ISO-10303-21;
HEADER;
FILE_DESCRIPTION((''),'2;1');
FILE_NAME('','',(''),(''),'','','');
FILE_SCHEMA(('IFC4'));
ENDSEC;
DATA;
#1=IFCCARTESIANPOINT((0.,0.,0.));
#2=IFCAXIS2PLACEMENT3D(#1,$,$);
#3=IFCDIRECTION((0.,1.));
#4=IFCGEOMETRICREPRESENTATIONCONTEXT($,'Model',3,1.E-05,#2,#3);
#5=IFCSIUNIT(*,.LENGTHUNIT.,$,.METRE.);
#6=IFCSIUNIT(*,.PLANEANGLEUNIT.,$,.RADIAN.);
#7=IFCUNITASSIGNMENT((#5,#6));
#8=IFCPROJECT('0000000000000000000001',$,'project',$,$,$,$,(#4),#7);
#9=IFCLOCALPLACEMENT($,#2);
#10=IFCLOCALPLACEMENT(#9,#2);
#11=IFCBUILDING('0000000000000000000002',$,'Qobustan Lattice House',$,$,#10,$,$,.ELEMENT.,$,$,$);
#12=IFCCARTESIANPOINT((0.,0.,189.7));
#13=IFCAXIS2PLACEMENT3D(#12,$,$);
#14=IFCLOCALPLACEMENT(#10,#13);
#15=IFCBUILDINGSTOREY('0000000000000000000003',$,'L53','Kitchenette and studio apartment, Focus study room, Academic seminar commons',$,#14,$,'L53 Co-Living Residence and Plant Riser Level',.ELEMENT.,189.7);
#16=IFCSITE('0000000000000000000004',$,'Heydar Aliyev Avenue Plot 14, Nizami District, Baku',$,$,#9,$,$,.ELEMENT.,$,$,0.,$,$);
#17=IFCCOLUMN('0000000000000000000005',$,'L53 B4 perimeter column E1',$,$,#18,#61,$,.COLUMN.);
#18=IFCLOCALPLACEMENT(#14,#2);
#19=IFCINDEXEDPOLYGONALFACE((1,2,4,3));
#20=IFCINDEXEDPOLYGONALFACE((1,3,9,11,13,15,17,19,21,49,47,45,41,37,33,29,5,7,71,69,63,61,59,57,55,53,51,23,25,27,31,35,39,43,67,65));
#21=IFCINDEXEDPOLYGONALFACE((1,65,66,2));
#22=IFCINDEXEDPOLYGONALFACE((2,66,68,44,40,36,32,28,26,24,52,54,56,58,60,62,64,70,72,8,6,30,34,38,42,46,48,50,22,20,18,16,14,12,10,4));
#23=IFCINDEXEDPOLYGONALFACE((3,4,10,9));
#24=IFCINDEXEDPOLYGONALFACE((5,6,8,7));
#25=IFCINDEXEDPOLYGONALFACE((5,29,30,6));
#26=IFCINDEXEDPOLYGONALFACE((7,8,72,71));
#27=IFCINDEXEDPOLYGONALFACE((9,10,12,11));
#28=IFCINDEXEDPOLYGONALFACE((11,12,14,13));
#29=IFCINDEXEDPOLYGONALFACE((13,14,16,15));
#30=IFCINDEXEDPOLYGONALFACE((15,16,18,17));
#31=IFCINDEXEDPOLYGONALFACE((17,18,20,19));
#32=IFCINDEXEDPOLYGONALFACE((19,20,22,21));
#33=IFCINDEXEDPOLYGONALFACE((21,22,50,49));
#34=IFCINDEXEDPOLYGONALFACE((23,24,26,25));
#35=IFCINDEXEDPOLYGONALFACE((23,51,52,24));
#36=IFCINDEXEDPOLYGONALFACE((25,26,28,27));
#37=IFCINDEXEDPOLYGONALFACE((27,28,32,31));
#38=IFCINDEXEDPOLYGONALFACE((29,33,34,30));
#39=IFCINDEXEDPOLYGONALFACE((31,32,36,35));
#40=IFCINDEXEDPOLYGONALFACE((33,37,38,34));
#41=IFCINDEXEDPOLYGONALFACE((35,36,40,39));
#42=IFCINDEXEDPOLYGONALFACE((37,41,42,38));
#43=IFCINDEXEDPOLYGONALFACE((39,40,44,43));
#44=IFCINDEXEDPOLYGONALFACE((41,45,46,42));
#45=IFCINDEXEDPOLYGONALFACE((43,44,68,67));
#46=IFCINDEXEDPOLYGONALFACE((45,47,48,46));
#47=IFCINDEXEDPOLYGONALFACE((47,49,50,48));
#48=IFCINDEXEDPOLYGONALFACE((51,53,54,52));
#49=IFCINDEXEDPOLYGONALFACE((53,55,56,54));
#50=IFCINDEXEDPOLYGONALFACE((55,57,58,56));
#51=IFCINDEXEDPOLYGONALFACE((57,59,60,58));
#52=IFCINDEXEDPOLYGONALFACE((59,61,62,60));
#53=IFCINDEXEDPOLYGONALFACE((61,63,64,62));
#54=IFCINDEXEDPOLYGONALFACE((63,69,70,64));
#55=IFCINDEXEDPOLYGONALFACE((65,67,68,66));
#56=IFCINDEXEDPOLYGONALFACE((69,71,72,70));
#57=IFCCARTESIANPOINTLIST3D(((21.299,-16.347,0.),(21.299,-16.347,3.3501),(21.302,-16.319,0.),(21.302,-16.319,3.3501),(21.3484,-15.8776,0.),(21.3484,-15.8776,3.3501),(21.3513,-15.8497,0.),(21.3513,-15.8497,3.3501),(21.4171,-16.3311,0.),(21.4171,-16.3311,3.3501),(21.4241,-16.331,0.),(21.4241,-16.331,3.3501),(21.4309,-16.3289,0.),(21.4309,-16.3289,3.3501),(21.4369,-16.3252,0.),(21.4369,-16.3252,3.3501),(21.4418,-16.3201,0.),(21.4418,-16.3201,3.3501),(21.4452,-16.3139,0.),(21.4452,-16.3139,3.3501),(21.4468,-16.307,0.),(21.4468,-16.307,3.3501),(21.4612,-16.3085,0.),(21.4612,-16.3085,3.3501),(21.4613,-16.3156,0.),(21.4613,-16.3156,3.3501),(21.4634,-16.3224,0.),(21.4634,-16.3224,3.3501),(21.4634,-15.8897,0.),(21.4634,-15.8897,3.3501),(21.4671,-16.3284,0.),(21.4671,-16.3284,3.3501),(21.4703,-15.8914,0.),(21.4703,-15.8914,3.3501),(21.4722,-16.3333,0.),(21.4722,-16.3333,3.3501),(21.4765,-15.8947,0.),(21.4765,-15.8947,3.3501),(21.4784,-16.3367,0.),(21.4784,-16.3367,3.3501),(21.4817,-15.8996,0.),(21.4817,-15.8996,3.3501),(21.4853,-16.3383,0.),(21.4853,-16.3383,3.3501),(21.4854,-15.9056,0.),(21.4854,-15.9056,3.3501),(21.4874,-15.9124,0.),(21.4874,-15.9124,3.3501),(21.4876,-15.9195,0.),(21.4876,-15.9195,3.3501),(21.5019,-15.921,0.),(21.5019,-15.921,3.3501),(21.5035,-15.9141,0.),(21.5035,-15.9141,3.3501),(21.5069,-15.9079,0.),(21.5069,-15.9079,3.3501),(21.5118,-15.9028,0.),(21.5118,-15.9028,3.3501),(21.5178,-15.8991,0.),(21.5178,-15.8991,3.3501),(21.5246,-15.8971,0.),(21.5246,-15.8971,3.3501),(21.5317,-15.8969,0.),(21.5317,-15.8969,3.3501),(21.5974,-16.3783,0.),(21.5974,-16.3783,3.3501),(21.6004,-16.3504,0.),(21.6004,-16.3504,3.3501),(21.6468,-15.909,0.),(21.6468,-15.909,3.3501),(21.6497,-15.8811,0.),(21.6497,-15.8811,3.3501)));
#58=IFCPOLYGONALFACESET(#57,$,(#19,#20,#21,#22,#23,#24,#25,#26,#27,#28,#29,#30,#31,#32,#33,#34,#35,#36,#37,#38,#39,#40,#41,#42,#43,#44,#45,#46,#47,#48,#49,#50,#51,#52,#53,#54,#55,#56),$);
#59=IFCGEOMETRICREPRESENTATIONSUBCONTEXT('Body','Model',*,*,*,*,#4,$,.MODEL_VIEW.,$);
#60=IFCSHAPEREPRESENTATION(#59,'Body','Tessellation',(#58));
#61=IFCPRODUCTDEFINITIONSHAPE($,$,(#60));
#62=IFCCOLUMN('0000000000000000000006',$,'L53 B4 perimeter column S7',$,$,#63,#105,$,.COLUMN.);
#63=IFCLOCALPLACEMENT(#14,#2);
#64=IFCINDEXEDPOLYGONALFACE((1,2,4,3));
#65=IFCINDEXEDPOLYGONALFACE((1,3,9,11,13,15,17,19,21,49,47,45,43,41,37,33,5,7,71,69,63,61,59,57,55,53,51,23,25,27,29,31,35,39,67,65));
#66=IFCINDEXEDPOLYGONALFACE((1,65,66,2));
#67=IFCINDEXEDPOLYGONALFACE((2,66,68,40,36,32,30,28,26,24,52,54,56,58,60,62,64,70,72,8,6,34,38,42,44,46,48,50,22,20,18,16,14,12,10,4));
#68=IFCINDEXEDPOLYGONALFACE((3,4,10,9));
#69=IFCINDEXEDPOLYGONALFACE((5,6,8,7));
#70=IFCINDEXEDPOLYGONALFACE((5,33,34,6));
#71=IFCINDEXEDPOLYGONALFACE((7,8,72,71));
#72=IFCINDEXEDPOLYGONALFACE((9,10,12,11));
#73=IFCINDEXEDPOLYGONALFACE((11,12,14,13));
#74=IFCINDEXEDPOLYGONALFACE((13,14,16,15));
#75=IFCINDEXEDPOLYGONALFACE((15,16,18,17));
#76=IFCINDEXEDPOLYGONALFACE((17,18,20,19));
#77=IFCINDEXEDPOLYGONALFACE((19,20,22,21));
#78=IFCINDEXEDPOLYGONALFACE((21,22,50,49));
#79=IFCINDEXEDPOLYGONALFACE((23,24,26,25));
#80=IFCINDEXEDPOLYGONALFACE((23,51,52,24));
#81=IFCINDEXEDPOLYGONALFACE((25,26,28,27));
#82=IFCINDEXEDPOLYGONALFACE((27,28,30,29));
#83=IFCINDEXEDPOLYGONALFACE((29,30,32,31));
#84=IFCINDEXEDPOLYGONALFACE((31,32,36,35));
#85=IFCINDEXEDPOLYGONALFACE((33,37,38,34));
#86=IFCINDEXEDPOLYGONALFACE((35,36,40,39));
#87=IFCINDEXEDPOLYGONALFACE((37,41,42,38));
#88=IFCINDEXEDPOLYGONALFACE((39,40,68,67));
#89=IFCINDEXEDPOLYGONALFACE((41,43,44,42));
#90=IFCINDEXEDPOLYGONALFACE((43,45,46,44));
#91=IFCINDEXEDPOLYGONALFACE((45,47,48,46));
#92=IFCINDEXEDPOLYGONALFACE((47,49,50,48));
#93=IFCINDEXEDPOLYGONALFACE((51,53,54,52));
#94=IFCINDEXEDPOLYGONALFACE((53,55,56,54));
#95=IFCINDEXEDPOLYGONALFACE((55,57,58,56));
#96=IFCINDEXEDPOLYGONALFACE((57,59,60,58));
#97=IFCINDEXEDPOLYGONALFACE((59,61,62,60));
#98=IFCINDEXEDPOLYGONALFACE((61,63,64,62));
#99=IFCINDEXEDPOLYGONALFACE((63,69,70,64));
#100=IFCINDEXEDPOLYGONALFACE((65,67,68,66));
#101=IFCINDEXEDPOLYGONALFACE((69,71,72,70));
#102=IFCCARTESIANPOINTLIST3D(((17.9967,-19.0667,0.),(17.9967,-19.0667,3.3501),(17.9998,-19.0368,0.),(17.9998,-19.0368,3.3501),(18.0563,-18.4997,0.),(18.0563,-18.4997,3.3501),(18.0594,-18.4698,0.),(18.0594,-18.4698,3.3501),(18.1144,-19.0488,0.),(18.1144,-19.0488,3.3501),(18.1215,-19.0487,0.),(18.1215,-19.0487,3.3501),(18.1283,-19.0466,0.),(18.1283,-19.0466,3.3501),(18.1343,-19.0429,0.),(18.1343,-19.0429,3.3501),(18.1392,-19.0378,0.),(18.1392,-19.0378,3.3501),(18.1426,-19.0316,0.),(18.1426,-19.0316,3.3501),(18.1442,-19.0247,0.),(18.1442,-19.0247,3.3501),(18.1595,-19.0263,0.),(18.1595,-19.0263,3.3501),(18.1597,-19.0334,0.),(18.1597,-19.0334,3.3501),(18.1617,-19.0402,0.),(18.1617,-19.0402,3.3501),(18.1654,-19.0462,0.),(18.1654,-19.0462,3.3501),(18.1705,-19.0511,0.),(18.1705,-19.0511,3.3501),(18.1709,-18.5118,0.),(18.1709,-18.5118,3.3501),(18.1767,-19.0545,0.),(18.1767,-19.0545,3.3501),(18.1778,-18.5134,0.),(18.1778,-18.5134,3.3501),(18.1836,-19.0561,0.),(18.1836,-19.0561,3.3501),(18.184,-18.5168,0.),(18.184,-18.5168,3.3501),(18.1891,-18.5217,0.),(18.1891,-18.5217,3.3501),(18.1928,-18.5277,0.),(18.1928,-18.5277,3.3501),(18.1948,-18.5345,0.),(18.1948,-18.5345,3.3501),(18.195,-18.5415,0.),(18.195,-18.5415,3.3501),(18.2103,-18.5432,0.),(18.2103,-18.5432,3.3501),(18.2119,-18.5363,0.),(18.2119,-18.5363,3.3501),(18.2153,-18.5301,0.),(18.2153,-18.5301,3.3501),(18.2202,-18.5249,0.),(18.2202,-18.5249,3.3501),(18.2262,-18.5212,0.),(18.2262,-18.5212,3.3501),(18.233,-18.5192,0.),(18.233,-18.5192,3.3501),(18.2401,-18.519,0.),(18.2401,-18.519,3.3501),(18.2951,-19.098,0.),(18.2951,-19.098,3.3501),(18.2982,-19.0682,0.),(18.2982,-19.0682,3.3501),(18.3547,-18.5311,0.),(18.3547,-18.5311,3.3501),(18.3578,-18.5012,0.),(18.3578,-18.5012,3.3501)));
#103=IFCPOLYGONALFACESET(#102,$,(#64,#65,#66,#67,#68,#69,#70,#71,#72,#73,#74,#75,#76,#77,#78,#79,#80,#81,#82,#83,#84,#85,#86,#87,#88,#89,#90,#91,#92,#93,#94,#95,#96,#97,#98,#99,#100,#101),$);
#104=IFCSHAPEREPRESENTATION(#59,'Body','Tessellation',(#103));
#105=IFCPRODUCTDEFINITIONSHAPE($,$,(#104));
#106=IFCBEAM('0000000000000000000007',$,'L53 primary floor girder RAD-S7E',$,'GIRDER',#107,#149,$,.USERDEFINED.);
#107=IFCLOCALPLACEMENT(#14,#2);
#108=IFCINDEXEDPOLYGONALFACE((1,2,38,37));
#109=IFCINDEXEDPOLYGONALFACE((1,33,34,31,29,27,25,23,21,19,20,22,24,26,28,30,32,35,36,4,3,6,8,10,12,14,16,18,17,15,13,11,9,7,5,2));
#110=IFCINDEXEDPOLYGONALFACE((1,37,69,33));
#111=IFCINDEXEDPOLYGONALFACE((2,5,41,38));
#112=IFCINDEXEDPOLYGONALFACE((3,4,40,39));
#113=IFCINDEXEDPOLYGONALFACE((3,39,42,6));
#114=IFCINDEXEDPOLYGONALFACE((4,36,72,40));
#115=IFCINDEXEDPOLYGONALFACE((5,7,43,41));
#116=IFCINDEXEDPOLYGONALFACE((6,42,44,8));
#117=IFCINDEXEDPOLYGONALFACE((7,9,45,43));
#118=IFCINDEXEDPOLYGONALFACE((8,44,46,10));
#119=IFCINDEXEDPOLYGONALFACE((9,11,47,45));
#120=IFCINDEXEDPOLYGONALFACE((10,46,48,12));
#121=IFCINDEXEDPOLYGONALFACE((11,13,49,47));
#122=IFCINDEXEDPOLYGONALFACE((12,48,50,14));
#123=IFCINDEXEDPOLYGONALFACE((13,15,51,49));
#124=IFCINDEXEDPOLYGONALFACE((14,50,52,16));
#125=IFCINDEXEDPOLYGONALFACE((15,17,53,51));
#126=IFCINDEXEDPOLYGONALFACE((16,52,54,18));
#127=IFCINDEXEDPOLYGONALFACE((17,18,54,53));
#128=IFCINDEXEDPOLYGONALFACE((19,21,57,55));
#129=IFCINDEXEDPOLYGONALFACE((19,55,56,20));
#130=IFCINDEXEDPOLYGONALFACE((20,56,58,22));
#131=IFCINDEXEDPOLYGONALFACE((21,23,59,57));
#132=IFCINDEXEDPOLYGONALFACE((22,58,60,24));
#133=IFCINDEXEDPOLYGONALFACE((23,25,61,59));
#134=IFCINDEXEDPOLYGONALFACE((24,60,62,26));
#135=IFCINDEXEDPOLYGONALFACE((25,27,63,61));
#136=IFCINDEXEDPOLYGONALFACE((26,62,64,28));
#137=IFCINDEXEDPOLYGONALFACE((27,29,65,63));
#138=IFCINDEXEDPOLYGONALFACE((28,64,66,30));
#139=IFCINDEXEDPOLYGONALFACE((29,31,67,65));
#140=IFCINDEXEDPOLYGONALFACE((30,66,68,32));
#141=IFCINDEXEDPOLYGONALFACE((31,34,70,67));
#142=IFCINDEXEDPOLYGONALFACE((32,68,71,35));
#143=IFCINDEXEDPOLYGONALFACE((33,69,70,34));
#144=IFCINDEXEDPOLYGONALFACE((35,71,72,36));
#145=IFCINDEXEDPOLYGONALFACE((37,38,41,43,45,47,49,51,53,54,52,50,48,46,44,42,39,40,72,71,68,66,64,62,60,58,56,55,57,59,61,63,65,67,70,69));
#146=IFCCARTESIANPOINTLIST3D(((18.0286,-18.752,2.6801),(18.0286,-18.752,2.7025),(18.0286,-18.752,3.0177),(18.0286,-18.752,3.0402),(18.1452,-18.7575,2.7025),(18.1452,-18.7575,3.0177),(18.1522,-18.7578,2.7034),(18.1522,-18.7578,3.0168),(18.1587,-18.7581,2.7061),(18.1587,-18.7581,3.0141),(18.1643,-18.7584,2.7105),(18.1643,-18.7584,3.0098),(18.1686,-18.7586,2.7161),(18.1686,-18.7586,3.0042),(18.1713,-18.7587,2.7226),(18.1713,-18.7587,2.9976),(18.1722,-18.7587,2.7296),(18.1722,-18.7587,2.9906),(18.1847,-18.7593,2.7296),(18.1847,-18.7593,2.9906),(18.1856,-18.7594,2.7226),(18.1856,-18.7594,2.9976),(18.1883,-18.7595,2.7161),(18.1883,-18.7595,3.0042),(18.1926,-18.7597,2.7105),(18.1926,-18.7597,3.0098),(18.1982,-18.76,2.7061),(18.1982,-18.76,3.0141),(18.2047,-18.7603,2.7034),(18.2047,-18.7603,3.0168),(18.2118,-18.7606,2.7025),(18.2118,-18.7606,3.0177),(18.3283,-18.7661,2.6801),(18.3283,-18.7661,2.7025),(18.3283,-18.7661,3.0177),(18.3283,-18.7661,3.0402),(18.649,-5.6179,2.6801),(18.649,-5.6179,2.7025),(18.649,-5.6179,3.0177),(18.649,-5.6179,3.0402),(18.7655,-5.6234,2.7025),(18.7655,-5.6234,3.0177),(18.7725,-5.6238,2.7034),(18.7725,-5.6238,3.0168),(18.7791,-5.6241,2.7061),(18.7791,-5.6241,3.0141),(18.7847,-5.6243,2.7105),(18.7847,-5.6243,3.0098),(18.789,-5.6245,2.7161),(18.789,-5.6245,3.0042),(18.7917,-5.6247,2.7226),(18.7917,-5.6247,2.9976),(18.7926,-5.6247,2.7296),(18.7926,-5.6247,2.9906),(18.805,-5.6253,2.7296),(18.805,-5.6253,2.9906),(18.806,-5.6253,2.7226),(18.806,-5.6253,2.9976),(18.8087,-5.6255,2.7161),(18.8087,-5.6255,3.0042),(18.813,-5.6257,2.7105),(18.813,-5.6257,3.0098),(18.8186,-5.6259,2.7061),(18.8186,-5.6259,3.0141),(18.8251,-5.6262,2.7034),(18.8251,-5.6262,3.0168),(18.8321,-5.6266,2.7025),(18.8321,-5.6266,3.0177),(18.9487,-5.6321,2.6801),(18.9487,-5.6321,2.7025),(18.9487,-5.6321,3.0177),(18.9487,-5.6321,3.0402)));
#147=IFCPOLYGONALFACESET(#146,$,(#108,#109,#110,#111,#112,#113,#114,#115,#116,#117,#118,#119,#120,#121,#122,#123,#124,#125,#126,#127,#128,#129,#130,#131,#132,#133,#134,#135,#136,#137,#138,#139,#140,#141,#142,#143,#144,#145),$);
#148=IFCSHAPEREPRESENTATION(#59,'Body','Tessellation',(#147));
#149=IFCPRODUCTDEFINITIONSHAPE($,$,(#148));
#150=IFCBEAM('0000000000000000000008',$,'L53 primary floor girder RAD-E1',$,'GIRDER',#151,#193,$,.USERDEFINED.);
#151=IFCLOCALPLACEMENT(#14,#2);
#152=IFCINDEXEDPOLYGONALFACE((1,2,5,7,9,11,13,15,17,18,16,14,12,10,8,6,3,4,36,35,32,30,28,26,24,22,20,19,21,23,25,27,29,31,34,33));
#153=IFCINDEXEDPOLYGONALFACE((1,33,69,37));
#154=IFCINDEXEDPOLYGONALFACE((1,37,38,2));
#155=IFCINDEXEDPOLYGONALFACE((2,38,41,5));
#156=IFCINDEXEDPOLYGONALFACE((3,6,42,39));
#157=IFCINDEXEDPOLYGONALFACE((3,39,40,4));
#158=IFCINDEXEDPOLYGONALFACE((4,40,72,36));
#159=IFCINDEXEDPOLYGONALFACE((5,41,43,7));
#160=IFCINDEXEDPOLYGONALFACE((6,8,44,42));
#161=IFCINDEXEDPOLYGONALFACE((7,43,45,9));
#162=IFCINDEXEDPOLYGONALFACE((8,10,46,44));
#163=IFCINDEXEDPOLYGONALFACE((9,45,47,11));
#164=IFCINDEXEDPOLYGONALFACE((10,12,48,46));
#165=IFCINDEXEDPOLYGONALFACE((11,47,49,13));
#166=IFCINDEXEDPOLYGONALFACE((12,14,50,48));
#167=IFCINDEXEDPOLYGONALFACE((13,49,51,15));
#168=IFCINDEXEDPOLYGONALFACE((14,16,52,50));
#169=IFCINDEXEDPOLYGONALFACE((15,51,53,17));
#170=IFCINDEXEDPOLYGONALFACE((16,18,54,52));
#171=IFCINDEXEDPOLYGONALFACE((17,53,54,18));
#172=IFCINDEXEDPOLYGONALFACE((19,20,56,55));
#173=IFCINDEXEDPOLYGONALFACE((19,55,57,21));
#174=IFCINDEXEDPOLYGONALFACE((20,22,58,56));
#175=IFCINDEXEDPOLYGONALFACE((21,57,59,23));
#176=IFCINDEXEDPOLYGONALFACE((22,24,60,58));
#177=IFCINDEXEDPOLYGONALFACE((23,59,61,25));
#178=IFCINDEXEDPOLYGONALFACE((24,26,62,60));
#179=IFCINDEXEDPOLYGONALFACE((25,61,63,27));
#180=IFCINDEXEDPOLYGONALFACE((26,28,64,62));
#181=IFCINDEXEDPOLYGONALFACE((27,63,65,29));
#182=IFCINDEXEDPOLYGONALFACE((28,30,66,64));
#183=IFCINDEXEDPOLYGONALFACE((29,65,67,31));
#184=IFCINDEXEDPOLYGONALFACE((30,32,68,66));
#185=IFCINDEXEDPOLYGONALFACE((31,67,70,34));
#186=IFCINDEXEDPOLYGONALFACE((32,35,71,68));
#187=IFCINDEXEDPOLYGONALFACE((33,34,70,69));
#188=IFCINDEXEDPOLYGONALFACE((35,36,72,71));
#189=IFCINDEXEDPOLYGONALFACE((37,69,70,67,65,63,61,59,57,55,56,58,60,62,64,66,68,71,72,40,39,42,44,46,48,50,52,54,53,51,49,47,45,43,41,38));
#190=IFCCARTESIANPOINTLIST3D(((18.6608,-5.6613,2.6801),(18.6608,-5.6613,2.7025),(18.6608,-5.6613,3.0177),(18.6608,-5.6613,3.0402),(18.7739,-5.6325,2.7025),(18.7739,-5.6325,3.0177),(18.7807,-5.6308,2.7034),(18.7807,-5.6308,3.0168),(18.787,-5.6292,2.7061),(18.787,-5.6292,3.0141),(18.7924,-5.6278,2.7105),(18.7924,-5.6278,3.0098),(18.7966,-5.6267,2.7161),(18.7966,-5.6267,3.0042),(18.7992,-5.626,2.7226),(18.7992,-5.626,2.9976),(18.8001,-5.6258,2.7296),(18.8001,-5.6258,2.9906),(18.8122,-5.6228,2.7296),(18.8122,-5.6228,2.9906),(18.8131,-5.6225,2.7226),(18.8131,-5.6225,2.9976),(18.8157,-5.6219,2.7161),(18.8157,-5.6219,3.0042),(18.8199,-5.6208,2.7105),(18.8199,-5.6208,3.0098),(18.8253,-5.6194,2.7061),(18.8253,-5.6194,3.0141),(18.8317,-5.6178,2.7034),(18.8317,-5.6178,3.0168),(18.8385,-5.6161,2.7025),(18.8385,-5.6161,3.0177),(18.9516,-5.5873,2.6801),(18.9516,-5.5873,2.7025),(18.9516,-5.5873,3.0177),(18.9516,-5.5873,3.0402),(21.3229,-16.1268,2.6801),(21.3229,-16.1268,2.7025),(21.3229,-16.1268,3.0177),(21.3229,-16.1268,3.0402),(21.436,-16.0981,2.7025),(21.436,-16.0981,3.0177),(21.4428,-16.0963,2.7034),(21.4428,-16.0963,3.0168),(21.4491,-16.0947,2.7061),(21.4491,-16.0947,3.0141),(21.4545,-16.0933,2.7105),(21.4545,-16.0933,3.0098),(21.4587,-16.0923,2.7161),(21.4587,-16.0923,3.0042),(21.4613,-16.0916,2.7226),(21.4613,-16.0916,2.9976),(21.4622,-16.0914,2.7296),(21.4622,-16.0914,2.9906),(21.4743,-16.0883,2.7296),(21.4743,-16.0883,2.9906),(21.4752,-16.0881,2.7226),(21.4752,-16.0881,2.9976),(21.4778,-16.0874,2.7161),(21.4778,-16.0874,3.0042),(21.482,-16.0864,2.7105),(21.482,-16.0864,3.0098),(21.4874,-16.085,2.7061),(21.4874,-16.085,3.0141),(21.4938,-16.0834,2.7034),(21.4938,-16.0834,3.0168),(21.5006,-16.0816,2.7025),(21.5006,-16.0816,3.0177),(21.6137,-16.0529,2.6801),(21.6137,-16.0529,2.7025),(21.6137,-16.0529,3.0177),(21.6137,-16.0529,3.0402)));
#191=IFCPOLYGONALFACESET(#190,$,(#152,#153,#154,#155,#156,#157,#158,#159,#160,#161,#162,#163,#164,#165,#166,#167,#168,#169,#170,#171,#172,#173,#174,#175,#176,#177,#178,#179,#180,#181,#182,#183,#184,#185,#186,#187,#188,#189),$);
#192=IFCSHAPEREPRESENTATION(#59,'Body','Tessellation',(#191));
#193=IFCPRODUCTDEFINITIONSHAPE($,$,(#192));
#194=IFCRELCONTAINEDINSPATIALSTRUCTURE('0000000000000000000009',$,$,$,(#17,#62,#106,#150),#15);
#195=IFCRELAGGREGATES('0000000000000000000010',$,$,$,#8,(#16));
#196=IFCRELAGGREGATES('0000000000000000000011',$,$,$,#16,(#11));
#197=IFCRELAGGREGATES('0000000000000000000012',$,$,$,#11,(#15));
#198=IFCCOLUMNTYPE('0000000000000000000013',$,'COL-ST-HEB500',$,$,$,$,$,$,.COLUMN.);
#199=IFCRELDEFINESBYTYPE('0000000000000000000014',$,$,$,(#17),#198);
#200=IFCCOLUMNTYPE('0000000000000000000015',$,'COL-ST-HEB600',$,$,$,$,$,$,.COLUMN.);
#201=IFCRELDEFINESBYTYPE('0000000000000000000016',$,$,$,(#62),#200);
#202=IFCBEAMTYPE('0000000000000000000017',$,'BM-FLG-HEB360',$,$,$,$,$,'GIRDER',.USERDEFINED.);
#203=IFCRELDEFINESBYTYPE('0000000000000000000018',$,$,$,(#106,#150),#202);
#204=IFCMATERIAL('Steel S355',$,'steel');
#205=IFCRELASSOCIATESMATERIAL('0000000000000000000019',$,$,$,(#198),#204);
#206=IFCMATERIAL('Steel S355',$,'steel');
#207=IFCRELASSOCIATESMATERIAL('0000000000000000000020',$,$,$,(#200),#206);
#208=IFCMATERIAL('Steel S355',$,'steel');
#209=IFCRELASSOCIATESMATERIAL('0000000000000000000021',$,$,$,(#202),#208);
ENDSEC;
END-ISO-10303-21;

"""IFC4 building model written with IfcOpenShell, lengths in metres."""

from ifc_helpers import new_model, si_unit, direction, frame, origin, origin_2d, place, context, subcontext, project, spatial, i_section, extrude, material, material_profile, profile_set, type_object, element, save


model = new_model("IFC4")

# Units and contexts
model_context = context("Model", 3, precision=1e-05, world=origin(), true_north=direction((0.0, 1.0)))
body_context = subcontext(model_context, "Body", "Model", "MODEL_VIEW")
ifc_project = project(units=[si_unit("LENGTHUNIT", "METRE"), si_unit("PLANEANGLEUNIT", "RADIAN")], contexts=[model_context])

# Site, building, storey
site_placement = place(None, origin())
site = spatial("IfcSite", under=ifc_project, at=site_placement, Name="Heydar Aliyev Avenue Plot 14, Nizami District, Baku", CompositionType="ELEMENT", RefElevation=0.0)
building_placement = place(site_placement, origin())
building = spatial("IfcBuilding", under=site, at=building_placement, Name="Qobustan Lattice House", CompositionType="ELEMENT")
storey_placement = place(building_placement, frame((0.0, 0.0, 189.7)))
storey = spatial("IfcBuildingStorey", under=building, at=storey_placement, Name="L53", Description="Kitchenette and studio apartment, Focus study room, Academic seminar commons", LongName="L53 Co-Living Residence and Plant Riser Level", CompositionType="ELEMENT", Elevation=189.7)

# Columns
ifc_material_1 = material(Name="Steel S355", Category="steel")
ifc_material_profile_1 = material_profile(ifc_material_1, i_section(OverallWidth=0.3, OverallDepth=0.5, WebThickness=0.0144, FlangeThickness=0.0281, FilletRadius=0.0271, at=origin_2d()), Name="HEB500")
ifc_profile_set_1 = profile_set([ifc_material_profile_1], Name="Steel S355")
column_type_1 = type_object("IfcColumnType", Name="COL-ST-HEB500", PredefinedType="COLUMN", material=ifc_profile_set_1)
column_1_placement = place(storey_placement, frame((21.4744, -16.114, 0.0), z_axis=(0.0, 0.0, 1.0), x_axis=(0.994522, -0.104528, 0.0)))
element("IfcColumn", 1, at=column_1_placement, inside=storey, type_object=column_type_1, Name="L53 B4 perimeter column E1", PredefinedType="COLUMN", context=body_context, shape_type="SweptSolid", body=[
    extrude(i_section(OverallWidth=0.3, OverallDepth=0.5, WebThickness=0.0144, FlangeThickness=0.0281, FilletRadius=0.0271, at=origin_2d()), origin(), (0.0, 0.0, 1.0), 3.3501),
])
ifc_material_2 = material(Name="Steel S355", Category="steel")
ifc_material_profile_2 = material_profile(ifc_material_2, i_section(OverallWidth=0.3, OverallDepth=0.6001, WebThickness=0.0154, FlangeThickness=0.03, FilletRadius=0.0271, at=origin_2d()), Name="HEB600")
ifc_profile_set_2 = profile_set([ifc_material_profile_2], Name="Steel S355")
column_type_2 = type_object("IfcColumnType", Name="COL-ST-HEB600", PredefinedType="COLUMN", material=ifc_profile_set_2)
column_2_placement = place(storey_placement, frame((18.1772, -18.7839, 0.0), z_axis=(0.0, 0.0, 1.0), x_axis=(0.994522, -0.104528, 0.0)))
element("IfcColumn", 2, at=column_2_placement, inside=storey, type_object=column_type_2, Name="L53 B4 perimeter column S7", PredefinedType="COLUMN", context=body_context, shape_type="SweptSolid", body=[
    extrude(i_section(OverallWidth=0.3, OverallDepth=0.6001, WebThickness=0.0154, FlangeThickness=0.03, FilletRadius=0.0271, at=origin_2d()), origin(), (0.0, 0.0, 1.0), 3.3501),
])

# Beams
ifc_material_3 = material(Name="Steel S355", Category="steel")
ifc_material_profile_3 = material_profile(ifc_material_3, i_section(OverallWidth=0.3, OverallDepth=0.3601, WebThickness=0.0125, FlangeThickness=0.0225, FilletRadius=0.0271, at=origin_2d()), Name="HEB360")
ifc_profile_set_3 = profile_set([ifc_material_profile_3], Name="Steel S355")
beam_type_1 = type_object("IfcBeamType", Name="BM-FLG-HEB360", ElementType="GIRDER", PredefinedType="USERDEFINED", material=ifc_profile_set_3)
beam_1_placement = place(storey_placement, frame((18.1785, -18.759, 2.8601), z_axis=(0.047181, 0.998886, 0.0), x_axis=(-0.998886, 0.047181, 0.0)))
element("IfcBeam", 3, at=beam_1_placement, inside=storey, type_object=beam_type_1, Name="L53 primary floor girder RAD-S7E", ObjectType="GIRDER", PredefinedType="USERDEFINED", context=body_context, shape_type="SweptSolid", body=[
    extrude(i_section(OverallWidth=0.3, OverallDepth=0.3601, WebThickness=0.0125, FlangeThickness=0.0225, FilletRadius=0.0271, at=origin_2d()), origin(), (0.0, 0.0, 1.0), 13.1487),
])
beam_2_placement = place(storey_placement, frame((21.4683, -16.0898, 2.8601), z_axis=(-0.246518, 0.969138, 0.0), x_axis=(-0.969138, -0.246518, 0.0)))
element("IfcBeam", 4, at=beam_2_placement, inside=storey, type_object=beam_type_1, Name="L53 primary floor girder RAD-E1", ObjectType="GIRDER", PredefinedType="USERDEFINED", context=body_context, shape_type="SweptSolid", body=[
    extrude(i_section(OverallWidth=0.3, OverallDepth=0.3601, WebThickness=0.0125, FlangeThickness=0.0225, FilletRadius=0.0271, at=origin_2d()), origin(), (0.0, 0.0, 1.0), 10.7988),
])

save(model, "model.ifc")
